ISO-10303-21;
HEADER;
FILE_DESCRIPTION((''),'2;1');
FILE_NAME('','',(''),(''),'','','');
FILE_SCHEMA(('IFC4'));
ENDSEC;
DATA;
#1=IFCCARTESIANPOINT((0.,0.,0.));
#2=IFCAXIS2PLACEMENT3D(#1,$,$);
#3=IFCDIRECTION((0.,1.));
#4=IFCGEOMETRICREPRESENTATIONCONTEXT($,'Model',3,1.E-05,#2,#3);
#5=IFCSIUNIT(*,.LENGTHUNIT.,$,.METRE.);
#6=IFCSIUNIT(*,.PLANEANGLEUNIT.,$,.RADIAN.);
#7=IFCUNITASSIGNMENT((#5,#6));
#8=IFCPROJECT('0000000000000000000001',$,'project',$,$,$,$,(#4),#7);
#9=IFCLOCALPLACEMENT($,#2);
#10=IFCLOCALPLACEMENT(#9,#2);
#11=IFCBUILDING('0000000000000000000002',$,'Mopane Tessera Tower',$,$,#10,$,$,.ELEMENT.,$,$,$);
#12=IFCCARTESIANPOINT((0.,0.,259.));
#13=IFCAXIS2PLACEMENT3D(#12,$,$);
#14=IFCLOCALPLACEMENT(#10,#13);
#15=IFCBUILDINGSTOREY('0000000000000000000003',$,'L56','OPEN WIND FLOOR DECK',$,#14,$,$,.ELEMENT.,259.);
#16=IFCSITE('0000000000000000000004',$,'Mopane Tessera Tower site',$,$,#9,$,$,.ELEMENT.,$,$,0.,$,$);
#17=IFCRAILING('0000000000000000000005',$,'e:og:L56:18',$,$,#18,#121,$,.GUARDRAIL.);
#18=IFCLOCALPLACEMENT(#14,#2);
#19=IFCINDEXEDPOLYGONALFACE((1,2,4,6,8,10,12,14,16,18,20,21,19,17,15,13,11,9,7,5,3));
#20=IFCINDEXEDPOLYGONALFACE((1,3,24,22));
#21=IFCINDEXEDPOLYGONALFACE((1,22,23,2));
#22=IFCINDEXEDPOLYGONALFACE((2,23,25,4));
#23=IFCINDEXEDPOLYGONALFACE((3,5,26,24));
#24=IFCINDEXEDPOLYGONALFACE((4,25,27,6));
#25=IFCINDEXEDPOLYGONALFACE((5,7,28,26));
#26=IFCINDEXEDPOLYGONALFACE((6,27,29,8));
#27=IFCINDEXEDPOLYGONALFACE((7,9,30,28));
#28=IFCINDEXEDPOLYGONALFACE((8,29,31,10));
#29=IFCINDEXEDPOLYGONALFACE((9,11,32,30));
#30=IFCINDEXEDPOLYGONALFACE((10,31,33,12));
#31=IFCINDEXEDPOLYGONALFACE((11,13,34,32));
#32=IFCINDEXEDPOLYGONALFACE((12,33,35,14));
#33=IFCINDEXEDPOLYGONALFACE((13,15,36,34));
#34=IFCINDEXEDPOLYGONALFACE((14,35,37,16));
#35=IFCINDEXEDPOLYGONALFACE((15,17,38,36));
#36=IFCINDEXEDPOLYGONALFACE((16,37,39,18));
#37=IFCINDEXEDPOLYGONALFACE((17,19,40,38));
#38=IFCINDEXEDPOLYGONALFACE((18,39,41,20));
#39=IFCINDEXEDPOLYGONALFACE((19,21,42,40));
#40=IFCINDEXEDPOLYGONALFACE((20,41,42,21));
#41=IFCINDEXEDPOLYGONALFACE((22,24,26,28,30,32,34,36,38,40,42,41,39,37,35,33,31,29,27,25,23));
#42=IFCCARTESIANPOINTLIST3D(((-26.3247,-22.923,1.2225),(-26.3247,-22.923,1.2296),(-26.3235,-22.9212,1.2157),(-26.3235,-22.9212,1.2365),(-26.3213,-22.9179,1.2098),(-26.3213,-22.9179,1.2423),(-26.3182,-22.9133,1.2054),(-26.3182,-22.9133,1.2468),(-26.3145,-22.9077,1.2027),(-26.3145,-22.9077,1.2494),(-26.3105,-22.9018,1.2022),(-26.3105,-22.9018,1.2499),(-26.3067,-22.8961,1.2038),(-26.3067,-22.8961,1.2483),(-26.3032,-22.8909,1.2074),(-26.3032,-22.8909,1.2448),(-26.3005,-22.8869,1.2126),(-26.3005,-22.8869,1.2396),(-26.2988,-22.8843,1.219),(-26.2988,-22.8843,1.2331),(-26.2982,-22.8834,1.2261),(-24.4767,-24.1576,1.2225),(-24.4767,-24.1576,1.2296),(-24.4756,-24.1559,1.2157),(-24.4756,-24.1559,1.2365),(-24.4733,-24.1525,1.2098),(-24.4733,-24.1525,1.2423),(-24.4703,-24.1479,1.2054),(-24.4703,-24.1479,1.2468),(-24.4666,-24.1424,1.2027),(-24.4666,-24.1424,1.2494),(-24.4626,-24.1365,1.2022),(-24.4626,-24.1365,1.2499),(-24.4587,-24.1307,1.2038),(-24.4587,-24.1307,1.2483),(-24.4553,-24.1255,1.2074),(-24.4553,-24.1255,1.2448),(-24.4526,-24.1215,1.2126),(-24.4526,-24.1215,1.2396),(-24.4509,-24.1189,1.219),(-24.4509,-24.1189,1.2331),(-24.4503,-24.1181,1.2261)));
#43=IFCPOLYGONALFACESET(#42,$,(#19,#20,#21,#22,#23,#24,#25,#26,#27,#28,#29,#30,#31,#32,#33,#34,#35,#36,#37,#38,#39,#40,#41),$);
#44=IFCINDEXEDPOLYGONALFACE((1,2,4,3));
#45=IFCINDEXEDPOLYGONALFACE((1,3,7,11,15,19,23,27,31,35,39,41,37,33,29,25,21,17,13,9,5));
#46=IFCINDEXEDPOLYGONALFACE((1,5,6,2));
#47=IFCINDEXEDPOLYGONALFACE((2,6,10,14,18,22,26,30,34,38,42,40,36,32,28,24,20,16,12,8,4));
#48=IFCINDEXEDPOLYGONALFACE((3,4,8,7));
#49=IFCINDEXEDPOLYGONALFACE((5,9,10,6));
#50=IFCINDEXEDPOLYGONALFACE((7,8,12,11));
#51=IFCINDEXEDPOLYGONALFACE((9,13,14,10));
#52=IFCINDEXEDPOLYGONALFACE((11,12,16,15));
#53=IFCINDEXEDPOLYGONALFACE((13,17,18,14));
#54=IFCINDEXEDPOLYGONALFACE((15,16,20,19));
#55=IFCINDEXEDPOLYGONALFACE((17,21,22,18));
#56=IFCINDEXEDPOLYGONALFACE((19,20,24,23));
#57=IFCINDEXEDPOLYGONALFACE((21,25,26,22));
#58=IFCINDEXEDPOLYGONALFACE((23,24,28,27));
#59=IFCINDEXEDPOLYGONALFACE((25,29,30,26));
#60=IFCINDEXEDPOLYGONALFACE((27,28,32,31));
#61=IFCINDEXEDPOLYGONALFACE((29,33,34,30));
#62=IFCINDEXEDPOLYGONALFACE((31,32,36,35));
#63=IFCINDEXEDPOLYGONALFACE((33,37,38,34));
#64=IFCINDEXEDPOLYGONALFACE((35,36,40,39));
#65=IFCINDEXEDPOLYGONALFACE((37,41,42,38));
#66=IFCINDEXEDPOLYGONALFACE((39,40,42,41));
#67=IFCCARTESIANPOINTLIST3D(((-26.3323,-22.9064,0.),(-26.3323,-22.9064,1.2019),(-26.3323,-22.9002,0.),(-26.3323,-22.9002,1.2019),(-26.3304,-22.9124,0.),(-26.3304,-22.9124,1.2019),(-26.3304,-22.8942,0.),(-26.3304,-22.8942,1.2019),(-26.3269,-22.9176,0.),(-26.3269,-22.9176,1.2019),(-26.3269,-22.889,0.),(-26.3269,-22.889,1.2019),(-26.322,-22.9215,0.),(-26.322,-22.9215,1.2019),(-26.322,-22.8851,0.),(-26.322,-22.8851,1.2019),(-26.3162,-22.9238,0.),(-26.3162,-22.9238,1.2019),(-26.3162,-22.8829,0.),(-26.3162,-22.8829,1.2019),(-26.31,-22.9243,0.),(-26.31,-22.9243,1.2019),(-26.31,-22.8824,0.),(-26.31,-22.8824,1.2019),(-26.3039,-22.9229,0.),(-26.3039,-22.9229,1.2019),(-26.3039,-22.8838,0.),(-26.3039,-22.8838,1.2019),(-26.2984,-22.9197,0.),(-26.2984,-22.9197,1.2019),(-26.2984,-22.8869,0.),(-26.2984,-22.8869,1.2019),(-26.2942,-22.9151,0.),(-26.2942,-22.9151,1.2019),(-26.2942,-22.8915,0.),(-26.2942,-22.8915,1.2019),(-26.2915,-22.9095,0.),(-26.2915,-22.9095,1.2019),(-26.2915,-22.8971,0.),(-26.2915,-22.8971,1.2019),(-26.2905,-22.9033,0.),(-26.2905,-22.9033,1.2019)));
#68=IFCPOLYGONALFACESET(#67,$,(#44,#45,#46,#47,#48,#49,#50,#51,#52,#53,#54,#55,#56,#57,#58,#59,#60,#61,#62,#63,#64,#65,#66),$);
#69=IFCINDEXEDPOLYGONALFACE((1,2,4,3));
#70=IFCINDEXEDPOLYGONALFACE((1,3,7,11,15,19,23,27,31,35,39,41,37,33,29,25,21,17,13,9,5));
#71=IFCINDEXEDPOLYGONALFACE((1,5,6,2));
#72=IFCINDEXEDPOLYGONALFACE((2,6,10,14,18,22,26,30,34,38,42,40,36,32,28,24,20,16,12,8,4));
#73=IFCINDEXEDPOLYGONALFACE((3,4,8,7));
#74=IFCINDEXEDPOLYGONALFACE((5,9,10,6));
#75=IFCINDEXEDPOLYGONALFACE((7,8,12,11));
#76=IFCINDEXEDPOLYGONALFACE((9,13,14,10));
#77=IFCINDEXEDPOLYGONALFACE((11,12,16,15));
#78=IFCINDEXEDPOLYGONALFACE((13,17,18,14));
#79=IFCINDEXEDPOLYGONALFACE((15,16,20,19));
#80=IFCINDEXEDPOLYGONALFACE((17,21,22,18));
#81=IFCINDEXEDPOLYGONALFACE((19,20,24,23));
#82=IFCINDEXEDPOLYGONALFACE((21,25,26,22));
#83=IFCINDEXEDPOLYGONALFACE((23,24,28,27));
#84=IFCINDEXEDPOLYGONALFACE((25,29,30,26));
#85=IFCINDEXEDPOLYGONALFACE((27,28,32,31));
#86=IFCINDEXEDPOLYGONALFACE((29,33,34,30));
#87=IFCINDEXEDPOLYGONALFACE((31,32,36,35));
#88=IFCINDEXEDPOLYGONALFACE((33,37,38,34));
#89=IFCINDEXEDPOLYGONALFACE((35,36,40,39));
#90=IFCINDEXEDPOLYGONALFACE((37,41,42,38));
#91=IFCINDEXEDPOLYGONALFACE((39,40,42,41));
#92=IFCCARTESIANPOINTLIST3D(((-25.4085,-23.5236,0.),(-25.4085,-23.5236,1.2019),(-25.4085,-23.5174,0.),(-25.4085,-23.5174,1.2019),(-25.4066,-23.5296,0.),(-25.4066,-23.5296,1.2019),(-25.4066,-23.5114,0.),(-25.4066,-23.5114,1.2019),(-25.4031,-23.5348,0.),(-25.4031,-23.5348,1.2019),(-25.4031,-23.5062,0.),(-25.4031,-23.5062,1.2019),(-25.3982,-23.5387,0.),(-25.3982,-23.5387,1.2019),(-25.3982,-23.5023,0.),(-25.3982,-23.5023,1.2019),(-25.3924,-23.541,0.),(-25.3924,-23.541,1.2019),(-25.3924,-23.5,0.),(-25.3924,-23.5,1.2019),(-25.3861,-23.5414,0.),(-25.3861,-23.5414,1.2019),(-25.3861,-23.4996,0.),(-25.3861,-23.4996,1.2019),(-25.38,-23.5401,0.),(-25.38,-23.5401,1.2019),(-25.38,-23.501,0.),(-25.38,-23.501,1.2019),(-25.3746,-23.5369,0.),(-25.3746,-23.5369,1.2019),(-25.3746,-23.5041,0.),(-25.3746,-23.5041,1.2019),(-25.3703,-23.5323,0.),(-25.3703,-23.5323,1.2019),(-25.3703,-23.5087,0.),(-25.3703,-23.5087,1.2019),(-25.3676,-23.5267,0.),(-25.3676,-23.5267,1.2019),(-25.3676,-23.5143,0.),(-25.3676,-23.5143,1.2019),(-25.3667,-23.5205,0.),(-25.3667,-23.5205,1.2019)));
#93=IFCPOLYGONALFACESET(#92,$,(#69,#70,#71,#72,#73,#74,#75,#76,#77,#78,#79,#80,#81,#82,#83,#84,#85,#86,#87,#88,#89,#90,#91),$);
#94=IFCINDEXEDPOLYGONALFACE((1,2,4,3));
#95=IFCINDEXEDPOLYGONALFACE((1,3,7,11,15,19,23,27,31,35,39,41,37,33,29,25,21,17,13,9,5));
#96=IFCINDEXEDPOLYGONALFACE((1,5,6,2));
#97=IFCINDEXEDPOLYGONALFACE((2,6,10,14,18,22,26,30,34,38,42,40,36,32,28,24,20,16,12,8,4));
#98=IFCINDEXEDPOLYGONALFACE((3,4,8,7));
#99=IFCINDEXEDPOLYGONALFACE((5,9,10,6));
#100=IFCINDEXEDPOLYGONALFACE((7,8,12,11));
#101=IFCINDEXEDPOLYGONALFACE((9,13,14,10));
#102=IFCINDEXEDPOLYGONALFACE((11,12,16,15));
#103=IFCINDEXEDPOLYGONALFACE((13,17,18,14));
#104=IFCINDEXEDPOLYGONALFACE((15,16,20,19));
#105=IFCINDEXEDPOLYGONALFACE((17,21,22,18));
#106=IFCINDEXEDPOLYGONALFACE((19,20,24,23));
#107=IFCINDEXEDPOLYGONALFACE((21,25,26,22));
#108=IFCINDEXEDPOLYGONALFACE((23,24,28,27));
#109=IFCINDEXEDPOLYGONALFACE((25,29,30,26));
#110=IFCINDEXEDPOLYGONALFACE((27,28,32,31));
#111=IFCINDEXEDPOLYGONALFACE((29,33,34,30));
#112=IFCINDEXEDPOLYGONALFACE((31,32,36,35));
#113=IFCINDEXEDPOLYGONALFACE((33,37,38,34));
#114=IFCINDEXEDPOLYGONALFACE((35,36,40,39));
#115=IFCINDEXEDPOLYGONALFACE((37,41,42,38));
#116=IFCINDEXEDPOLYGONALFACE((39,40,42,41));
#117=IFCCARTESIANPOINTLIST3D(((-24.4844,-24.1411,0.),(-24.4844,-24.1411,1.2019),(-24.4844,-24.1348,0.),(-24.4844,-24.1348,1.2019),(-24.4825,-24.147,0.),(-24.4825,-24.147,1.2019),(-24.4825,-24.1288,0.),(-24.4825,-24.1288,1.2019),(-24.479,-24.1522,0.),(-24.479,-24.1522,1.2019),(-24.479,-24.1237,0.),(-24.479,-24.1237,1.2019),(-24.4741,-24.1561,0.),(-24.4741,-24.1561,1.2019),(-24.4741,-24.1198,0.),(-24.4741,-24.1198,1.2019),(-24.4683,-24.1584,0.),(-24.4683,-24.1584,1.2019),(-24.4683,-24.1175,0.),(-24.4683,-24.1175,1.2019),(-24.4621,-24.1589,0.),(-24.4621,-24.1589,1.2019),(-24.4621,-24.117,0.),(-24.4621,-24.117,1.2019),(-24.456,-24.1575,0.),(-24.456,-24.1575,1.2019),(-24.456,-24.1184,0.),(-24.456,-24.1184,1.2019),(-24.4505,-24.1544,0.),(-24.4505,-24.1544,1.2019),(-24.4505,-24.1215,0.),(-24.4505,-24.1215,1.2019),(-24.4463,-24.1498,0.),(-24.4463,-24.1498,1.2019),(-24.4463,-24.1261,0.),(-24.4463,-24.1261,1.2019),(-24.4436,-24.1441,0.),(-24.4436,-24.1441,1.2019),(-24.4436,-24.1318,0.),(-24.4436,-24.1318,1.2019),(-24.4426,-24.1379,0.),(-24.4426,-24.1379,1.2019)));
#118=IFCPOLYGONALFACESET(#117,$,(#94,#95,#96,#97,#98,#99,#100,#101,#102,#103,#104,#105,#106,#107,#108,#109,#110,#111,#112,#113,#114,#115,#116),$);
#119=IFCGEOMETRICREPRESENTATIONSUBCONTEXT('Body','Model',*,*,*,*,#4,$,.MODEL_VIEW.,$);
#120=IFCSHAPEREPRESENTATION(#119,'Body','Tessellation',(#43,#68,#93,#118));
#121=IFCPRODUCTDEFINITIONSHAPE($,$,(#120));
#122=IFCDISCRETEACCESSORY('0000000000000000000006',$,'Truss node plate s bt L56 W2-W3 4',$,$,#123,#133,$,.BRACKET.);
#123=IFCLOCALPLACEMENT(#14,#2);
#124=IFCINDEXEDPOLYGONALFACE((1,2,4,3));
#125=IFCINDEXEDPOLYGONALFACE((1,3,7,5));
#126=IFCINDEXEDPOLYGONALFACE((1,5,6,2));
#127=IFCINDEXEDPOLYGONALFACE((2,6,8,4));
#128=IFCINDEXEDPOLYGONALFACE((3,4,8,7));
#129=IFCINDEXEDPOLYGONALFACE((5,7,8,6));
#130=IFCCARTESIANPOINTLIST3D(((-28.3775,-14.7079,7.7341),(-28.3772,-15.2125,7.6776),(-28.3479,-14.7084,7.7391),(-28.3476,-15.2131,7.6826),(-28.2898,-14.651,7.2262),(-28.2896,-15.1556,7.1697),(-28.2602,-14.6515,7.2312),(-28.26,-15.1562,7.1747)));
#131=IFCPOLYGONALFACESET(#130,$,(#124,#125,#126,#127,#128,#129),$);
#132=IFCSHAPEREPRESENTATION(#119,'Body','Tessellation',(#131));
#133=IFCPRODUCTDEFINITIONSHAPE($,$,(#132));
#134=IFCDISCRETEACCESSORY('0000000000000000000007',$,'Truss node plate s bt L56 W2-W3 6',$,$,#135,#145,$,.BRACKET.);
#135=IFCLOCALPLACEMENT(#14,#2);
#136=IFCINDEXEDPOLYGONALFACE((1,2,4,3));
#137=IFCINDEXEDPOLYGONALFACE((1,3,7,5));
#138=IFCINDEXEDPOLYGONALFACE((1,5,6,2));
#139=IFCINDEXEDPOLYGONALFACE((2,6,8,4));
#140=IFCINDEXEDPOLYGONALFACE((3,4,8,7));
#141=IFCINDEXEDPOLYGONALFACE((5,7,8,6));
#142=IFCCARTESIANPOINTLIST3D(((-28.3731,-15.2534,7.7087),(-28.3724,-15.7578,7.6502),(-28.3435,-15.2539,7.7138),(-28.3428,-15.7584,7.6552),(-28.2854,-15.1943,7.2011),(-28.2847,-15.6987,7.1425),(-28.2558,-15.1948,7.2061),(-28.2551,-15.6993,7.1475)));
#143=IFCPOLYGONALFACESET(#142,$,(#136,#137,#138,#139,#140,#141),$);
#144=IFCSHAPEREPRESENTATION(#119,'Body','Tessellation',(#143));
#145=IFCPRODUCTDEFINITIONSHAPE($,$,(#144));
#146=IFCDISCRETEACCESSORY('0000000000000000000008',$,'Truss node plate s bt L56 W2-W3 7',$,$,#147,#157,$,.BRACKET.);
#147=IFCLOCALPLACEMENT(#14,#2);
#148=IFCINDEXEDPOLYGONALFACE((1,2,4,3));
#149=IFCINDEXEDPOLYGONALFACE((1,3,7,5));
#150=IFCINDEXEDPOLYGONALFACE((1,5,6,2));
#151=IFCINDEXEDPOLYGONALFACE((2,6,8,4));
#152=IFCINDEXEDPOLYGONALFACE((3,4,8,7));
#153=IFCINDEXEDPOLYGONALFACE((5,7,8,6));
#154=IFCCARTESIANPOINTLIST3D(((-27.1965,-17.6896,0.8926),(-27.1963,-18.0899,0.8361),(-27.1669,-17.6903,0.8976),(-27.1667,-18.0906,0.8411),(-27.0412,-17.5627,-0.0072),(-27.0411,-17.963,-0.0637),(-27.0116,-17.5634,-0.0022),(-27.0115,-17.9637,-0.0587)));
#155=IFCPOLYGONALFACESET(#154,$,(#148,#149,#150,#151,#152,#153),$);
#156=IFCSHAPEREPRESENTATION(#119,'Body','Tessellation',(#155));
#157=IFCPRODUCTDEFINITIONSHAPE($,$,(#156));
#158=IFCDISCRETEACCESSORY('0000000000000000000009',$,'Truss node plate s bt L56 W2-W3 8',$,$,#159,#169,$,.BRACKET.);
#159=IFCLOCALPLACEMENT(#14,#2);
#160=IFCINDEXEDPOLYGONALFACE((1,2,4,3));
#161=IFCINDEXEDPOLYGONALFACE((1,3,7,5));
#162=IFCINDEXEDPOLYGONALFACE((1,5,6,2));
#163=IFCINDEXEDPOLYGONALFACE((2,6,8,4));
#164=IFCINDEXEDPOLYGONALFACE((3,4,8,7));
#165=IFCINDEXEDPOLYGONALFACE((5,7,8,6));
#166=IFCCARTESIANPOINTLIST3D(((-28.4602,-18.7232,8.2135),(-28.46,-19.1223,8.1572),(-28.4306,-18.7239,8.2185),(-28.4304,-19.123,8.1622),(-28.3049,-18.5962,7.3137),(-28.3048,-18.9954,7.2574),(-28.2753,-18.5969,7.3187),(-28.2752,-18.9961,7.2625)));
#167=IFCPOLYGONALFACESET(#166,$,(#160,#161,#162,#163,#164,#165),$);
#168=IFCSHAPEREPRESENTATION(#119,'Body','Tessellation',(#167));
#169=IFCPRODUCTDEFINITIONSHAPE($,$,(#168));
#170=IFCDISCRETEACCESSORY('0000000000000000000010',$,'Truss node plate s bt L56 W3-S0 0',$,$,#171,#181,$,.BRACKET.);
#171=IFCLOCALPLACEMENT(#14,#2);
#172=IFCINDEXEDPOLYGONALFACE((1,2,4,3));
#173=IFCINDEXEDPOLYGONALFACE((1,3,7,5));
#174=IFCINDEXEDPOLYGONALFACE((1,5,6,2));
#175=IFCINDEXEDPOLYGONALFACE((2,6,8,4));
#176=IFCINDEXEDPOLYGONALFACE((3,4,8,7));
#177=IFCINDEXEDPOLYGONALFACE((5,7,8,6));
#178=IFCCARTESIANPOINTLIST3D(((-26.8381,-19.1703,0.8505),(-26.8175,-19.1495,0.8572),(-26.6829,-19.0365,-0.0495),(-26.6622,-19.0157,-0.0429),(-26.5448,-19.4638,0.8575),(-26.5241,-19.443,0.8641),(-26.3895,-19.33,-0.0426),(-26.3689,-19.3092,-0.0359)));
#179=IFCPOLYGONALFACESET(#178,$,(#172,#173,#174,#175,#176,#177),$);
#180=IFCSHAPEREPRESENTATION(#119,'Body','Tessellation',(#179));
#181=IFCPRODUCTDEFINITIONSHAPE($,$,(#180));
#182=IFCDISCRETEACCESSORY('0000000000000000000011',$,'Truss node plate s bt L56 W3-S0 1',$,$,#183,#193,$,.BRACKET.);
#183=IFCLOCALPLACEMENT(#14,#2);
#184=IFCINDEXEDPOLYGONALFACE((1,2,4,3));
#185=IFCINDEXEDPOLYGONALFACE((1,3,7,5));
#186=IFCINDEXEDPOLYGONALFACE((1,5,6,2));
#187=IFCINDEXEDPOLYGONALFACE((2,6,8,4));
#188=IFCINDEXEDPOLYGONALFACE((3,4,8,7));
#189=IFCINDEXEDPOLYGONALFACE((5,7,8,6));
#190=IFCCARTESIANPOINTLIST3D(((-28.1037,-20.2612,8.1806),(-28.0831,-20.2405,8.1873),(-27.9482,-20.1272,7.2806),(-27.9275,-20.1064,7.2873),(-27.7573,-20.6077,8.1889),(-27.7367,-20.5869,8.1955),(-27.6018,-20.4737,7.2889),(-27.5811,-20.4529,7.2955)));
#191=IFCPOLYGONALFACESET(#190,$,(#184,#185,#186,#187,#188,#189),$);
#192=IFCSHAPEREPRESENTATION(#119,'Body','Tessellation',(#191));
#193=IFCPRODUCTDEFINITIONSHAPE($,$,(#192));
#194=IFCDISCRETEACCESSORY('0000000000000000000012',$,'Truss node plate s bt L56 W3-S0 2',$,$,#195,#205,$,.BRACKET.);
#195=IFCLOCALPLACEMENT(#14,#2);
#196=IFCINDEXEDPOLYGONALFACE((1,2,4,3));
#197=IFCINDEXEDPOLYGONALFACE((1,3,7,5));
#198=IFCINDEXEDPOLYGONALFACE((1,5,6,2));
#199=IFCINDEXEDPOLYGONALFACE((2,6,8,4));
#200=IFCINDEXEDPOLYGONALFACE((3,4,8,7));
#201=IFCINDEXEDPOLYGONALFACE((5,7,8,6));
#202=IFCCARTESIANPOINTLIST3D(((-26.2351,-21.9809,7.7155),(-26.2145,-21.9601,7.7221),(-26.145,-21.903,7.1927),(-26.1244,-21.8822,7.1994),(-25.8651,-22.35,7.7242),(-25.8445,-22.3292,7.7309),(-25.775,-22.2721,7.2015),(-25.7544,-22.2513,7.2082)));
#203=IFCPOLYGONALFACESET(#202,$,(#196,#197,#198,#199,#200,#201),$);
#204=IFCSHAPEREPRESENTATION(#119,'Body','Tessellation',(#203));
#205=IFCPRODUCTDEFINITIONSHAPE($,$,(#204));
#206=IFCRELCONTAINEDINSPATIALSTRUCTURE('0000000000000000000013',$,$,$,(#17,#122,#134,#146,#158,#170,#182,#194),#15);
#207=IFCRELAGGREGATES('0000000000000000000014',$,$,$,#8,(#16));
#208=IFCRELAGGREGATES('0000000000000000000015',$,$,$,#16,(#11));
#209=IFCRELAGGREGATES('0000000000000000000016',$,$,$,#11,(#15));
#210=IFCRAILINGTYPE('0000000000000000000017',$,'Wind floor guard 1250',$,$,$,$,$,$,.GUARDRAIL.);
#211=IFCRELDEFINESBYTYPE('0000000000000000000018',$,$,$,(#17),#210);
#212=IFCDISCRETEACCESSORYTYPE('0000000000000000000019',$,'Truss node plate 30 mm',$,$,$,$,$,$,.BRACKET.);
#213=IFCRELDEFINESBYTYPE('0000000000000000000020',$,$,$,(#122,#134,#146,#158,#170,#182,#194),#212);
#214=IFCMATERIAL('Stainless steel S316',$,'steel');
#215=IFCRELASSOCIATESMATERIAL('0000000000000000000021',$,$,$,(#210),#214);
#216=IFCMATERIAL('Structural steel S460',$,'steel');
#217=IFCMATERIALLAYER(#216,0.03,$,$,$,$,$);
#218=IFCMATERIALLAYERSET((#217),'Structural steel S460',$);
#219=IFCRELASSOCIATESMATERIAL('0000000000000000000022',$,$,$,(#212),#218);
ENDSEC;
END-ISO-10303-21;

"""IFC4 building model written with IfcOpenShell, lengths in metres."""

from ifc_helpers import new_model, si_unit, direction, frame, origin, origin_2d, place, context, subcontext, project, spatial, rectangle, circle, extrude, material, layer, layer_set, type_object, element, save


model = new_model("IFC4")

# Units and contexts
model_context = context("Model", 3, precision=1e-05, world=origin(), true_north=direction((0.0, 1.0)))
body_context = subcontext(model_context, "Body", "Model", "MODEL_VIEW")
ifc_project = project(units=[si_unit("LENGTHUNIT", "METRE"), si_unit("PLANEANGLEUNIT", "RADIAN")], contexts=[model_context])

# Site, building, storey
site_placement = place(None, origin())
site = spatial("IfcSite", under=ifc_project, at=site_placement, Name="Mopane Tessera Tower site", CompositionType="ELEMENT", RefElevation=0.0)
building_placement = place(site_placement, origin())
building = spatial("IfcBuilding", under=site, at=building_placement, Name="Mopane Tessera Tower", CompositionType="ELEMENT")
storey_placement = place(building_placement, frame((0.0, 0.0, 259.0)))
storey = spatial("IfcBuildingStorey", under=building, at=storey_placement, Name="L56", Description="OPEN WIND FLOOR DECK", CompositionType="ELEMENT", Elevation=259.0)

# Railing
ifc_material_1 = material(Name="Stainless steel S316", Category="steel")
railing_type = type_object("IfcRailingType", Name="Wind floor guard 1250", PredefinedType="GUARDRAIL", material=ifc_material_1)
railing_1_placement = place(storey_placement, frame((-26.3115, -22.9033, 0.0)))
element("IfcRailing", 1, at=railing_1_placement, inside=storey, type_object=railing_type, Name="e:og:L56:18", PredefinedType="GUARDRAIL", context=body_context, shape_type="SweptSolid", body=[
    extrude(circle(Radius=0.0239, at=origin_2d()), frame((0.0, 0.0, 1.2261), z_axis=(0.831492, -0.555537, 0.0), x_axis=(0.555537, 0.831492, 0.0)), (0.0, 0.0, 1.0), 2.2224),
    extrude(circle(Radius=0.021, at=origin_2d()), origin(), (0.0, 0.0, 1.0), 1.2019),
    extrude(circle(Radius=0.021, at=origin_2d()), frame((0.9238, -0.6172, 0.0)), (0.0, 0.0, 1.0), 1.2019),
    extrude(circle(Radius=0.021, at=origin_2d()), frame((1.8479, -1.2346, 0.0)), (0.0, 0.0, 1.0), 1.2019),
])

# Discrete accessories
ifc_material_2 = material(Name="Structural steel S460", Category="steel")
ifc_layer_1 = layer(ifc_material_2, 0.03)
ifc_layer_set_1 = layer_set([ifc_layer_1], Name="Structural steel S460")
discrete_accessory_type = type_object("IfcDiscreteAccessoryType", Name="Truss node plate 30 mm", PredefinedType="BRACKET", material=ifc_layer_set_1)
for number, where, z_axis, x_axis, name in (
    (2, (-28.2749, -14.9036, 7.2004), (-0.169055, -0.109721, 0.97948), (0.985607, -0.018252, 0.168067), "Truss node plate s bt L56 W2-W3 4"),
    (3, (-28.2703, -15.4468, 7.1743), (-0.169052, -0.113957, 0.978997), (0.985606, -0.018064, 0.168091), "Truss node plate s bt L56 W2-W3 6"),
):
    element("IfcDiscreteAccessory", number, at=place(storey_placement, frame(where, z_axis=z_axis, x_axis=x_axis)), inside=storey, type_object=discrete_accessory_type, Name=name, PredefinedType="BRACKET", context=body_context, shape_type="SweptSolid", body=[
        extrude(rectangle(XDim=0.03, YDim=0.5078, at=origin_2d()), origin(), (0.0, 0.0, 1.0), 0.5186),
    ])
discrete_accessory_1_placement = place(storey_placement, frame((-27.0264, -17.7632, -0.033), z_axis=(-0.168413, -0.137696, 0.976052), x_axis=(0.985717, -0.023129, 0.166817)))
element("IfcDiscreteAccessory", 4, at=discrete_accessory_1_placement, inside=storey, type_object=discrete_accessory_type, Name="Truss node plate s bt L56 W2-W3 7", PredefinedType="BRACKET", context=body_context, shape_type="SweptSolid", body=[
    extrude(rectangle(XDim=0.03, YDim=0.4043, at=origin_2d()), origin(), (0.0, 0.0, 1.0), 0.9219),
])
discrete_accessory_2_placement = place(storey_placement, frame((-28.29, -18.7961, 7.2881), z_axis=(-0.168413, -0.137696, 0.976052), x_axis=(0.985717, -0.023145, 0.166815)))
element("IfcDiscreteAccessory", 5, at=discrete_accessory_2_placement, inside=storey, type_object=discrete_accessory_type, Name="Truss node plate s bt L56 W2-W3 8", PredefinedType="BRACKET", context=body_context, shape_type="SweptSolid", body=[
    extrude(rectangle(XDim=0.03, YDim=0.4031, at=origin_2d()), origin(), (0.0, 0.0, 1.0), 0.9219),
])
discrete_accessory_3_placement = place(storey_placement, frame((-26.5259, -19.1729, -0.0427), z_axis=(-0.168193, -0.144921, 0.975043), x_axis=(0.687106, 0.692009, 0.221378)))
element("IfcDiscreteAccessory", 6, at=discrete_accessory_3_placement, inside=storey, type_object=discrete_accessory_type, Name="Truss node plate s bt L56 W3-S0 0", PredefinedType="BRACKET", context=body_context, shape_type="SweptSolid", body=[
    extrude(rectangle(XDim=0.03, YDim=0.415, at=origin_2d()), origin(), (0.0, 0.0, 1.0), 0.9231),
])
discrete_accessory_4_placement = place(storey_placement, frame((-27.7646, -20.29, 7.2881), z_axis=(-0.168487, -0.145211, 0.974949), x_axis=(0.686949, 0.692034, 0.221789)))
element("IfcDiscreteAccessory", 7, at=discrete_accessory_4_placement, inside=storey, type_object=discrete_accessory_type, Name="Truss node plate s bt L56 W3-S0 1", PredefinedType="BRACKET", context=body_context, shape_type="SweptSolid", body=[
    extrude(rectangle(XDim=0.03, YDim=0.49, at=origin_2d()), origin(), (0.0, 0.0, 1.0), 0.9231),
])
discrete_accessory_5_placement = place(storey_placement, frame((-25.9497, -22.0771, 7.2004), z_axis=(-0.168043, -0.145273, 0.975016), x_axis=(0.685949, 0.693119, 0.221495)))
element("IfcDiscreteAccessory", 8, at=discrete_accessory_5_placement, inside=storey, type_object=discrete_accessory_type, Name="Truss node plate s bt L56 W3-S0 2", PredefinedType="BRACKET", context=body_context, shape_type="SweptSolid", body=[
    extrude(rectangle(XDim=0.03, YDim=0.5227, at=origin_2d()), origin(), (0.0, 0.0, 1.0), 0.5361),
])

save(model, "model.ifc")
